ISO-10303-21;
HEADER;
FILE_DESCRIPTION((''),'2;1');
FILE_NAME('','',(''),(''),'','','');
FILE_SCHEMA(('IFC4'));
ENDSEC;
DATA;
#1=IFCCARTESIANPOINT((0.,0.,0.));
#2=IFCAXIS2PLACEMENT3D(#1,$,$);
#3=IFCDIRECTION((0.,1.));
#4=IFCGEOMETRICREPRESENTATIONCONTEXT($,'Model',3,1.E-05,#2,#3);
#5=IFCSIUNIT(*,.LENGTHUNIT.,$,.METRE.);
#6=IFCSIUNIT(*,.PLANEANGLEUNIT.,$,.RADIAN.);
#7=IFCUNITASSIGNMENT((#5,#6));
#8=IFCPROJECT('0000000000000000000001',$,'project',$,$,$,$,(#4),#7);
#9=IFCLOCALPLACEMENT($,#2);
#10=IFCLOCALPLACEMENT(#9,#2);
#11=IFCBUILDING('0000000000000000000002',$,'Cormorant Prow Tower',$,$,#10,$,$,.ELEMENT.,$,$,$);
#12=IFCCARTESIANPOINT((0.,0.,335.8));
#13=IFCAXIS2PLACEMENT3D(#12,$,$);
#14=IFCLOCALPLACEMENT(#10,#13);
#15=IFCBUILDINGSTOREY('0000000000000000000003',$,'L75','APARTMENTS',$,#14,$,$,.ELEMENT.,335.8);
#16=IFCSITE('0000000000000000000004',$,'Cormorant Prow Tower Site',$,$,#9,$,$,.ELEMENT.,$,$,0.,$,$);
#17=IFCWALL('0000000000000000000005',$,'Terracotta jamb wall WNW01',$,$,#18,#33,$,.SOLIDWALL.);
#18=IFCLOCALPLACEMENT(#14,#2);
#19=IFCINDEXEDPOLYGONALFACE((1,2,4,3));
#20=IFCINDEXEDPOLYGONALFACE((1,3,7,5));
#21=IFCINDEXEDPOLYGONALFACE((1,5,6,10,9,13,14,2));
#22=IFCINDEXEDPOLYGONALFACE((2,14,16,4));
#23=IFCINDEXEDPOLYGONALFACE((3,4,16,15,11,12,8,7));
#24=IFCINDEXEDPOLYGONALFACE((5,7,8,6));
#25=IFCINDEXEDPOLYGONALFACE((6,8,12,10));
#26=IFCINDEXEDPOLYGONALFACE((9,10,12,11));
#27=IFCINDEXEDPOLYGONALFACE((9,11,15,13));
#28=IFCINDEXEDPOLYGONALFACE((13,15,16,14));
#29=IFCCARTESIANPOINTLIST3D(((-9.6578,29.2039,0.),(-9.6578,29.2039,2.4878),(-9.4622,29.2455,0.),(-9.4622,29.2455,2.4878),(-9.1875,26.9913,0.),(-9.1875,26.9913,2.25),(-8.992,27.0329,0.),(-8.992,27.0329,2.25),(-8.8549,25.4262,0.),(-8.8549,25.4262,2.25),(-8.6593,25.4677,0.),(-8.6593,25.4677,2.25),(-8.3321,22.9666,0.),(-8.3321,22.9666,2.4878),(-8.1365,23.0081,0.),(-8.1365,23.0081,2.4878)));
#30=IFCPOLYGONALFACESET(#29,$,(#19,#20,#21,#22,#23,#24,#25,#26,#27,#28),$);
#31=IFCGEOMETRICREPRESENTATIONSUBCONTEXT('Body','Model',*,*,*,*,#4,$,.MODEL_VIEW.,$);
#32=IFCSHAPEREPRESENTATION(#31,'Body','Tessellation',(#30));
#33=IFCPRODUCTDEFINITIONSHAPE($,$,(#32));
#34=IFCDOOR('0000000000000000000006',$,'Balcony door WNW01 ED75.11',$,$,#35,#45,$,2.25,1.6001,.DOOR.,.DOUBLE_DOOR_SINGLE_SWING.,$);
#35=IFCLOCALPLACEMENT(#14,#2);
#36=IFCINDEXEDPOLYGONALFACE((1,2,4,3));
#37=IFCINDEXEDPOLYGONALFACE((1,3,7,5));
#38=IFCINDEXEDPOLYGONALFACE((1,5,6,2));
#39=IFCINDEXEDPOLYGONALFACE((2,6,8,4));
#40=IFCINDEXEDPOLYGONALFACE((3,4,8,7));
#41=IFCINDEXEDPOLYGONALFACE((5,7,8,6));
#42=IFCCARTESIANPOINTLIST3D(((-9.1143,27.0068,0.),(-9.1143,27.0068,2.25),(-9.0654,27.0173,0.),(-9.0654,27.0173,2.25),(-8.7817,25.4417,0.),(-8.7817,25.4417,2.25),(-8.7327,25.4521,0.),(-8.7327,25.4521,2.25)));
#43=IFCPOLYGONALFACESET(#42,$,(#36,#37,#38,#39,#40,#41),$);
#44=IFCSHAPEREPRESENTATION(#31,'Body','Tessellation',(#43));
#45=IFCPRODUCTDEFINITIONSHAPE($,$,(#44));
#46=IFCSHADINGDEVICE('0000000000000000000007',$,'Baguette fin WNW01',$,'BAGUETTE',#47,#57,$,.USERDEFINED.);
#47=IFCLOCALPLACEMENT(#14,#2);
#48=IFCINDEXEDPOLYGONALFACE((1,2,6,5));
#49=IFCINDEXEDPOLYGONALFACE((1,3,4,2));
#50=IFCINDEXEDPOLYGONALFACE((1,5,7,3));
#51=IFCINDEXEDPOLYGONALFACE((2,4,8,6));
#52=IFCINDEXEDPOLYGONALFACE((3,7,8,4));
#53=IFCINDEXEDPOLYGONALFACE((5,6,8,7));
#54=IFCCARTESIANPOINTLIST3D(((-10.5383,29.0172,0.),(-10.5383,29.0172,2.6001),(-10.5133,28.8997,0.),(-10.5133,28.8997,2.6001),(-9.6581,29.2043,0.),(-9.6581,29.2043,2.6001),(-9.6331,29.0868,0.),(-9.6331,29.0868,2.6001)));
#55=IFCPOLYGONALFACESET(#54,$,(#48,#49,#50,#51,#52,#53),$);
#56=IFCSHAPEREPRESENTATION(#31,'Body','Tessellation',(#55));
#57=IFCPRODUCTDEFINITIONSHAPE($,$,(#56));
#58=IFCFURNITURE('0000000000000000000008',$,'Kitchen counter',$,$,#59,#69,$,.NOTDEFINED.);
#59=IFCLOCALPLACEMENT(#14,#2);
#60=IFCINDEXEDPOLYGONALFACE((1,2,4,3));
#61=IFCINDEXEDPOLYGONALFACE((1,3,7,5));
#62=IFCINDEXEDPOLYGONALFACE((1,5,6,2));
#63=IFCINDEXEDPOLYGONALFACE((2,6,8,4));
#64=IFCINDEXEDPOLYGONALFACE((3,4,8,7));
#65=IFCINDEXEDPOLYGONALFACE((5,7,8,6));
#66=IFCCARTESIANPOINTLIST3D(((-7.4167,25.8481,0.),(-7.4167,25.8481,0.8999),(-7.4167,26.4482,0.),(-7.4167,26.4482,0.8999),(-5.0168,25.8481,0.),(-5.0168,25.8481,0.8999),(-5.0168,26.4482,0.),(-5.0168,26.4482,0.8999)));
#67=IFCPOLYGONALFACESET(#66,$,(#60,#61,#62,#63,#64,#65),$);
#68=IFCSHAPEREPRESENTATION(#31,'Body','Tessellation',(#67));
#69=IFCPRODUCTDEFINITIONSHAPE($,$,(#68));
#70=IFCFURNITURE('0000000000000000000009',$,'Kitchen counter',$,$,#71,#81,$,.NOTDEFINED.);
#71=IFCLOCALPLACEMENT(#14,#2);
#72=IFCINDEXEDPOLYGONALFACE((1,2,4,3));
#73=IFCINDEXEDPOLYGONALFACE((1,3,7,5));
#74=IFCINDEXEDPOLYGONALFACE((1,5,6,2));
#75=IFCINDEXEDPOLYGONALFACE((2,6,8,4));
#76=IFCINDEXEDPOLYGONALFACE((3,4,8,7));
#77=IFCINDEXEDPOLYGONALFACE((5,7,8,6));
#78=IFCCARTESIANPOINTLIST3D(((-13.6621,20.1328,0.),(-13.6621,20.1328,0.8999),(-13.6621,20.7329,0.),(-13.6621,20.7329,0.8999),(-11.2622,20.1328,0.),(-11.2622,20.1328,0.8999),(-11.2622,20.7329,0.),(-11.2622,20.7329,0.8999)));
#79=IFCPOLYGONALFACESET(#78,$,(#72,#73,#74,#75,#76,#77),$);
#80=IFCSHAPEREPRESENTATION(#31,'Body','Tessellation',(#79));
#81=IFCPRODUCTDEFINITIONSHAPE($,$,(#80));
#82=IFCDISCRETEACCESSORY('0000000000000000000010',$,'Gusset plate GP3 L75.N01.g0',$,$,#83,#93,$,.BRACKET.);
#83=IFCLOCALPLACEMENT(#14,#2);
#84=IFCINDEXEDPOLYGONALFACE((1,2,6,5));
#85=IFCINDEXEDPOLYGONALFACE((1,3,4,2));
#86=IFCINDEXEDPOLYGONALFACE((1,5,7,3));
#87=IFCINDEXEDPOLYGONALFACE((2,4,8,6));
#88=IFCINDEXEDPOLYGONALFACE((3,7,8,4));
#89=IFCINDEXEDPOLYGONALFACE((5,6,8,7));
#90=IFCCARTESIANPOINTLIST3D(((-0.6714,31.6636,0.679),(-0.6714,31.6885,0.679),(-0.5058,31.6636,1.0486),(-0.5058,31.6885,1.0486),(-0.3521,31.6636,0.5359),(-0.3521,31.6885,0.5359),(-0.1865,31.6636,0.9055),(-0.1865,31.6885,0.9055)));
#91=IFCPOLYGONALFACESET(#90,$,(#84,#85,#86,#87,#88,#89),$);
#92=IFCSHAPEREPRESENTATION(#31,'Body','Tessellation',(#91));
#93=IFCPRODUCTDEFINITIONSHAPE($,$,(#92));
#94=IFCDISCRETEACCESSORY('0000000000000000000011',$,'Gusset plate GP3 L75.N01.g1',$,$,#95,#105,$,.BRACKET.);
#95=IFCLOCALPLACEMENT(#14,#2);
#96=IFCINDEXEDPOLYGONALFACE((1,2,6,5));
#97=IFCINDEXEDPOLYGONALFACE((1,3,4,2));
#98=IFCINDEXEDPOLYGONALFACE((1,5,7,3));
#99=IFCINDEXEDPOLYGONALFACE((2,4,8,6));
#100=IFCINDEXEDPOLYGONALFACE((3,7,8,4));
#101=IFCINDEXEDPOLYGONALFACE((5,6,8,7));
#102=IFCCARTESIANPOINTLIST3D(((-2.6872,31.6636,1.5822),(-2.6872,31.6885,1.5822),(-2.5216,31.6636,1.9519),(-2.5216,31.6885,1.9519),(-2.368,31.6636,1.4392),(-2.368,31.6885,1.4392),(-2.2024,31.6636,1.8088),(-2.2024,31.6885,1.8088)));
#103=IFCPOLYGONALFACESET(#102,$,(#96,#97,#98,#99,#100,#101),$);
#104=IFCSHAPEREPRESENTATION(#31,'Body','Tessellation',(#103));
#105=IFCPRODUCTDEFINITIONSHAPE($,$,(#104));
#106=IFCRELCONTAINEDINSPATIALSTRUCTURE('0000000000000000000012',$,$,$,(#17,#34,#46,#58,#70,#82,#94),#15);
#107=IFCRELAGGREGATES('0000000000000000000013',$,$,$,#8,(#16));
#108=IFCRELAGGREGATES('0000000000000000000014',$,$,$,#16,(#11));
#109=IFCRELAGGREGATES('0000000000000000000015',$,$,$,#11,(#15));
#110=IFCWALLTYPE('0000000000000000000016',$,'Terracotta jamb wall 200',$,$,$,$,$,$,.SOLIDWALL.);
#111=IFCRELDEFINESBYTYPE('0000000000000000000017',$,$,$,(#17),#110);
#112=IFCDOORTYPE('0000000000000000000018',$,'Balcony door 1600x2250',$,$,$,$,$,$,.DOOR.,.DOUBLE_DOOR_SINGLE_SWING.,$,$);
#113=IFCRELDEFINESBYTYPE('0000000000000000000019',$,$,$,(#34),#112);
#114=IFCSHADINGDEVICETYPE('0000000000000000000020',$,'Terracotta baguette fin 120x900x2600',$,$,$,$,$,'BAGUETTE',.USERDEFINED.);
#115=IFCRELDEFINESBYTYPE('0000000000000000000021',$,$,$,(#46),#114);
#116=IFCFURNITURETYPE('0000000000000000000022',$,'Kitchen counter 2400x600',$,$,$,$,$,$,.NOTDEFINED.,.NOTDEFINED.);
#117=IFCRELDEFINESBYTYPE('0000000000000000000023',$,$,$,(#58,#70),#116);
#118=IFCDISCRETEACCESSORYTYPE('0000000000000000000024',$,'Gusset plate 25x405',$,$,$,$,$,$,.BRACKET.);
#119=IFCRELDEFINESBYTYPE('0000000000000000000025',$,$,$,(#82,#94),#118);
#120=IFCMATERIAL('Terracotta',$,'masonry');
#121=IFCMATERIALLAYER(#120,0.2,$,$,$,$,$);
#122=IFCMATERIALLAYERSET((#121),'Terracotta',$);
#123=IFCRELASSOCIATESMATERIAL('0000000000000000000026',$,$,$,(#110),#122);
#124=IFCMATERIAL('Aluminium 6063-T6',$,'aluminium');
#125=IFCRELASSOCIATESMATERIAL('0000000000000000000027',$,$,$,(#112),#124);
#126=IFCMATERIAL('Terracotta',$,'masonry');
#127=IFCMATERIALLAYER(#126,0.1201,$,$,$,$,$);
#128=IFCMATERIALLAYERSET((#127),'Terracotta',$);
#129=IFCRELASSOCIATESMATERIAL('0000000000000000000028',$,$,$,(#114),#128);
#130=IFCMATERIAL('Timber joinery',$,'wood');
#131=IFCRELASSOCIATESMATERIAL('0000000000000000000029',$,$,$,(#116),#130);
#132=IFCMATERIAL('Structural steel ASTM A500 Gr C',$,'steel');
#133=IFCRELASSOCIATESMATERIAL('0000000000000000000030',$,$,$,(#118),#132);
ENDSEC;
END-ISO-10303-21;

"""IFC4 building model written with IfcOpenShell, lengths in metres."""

from ifc_helpers import new_model, si_unit, direction, frame, frame_2d, origin, origin_2d, place, context, subcontext, project, spatial, rectangle, extrude, material, layer, layer_set, material_profile, profile_set, type_object, element, fill, save


model = new_model("IFC4")

# Units and contexts
model_context = context("Model", 3, precision=1e-05, world=origin(), true_north=direction((0.0, 1.0)))
body_context = subcontext(model_context, "Body", "Model", "MODEL_VIEW")
ifc_project = project(units=[si_unit("LENGTHUNIT", "METRE"), si_unit("PLANEANGLEUNIT", "RADIAN")], contexts=[model_context])

# Site, building, storey
site_placement = place(None, origin())
site = spatial("IfcSite", under=ifc_project, at=site_placement, Name="Cormorant Prow Tower Site", CompositionType="ELEMENT", RefElevation=0.0)
building_placement = place(site_placement, origin())
building = spatial("IfcBuilding", under=site, at=building_placement, Name="Cormorant Prow Tower", CompositionType="ELEMENT")
storey_placement = place(building_placement, frame((0.0, 0.0, 335.8)))
storey = spatial("IfcBuildingStorey", under=building, at=storey_placement, Name="L75", Description="APARTMENTS", CompositionType="ELEMENT", Elevation=335.8)

# Wall, opening, door
ifc_material_1 = material(Name="Terracotta", Category="masonry")
ifc_layer_1 = layer(ifc_material_1, 0.2)
ifc_layer_set_1 = layer_set([ifc_layer_1], Name="Terracotta")
wall_type_1 = type_object("IfcWallType", Name="Terracotta jamb wall 200", PredefinedType="SOLIDWALL", material=ifc_layer_set_1)
wall_1_placement = place(storey_placement, frame((-9.5601, 29.2249, 0.0), z_axis=(0.0, 0.0, 1.0), x_axis=(0.207897, -0.978151, 0.0)))
wall_1 = element("IfcWall", 1, at=wall_1_placement, inside=storey, type_object=wall_type_1, Name="Terracotta jamb wall WNW01", PredefinedType="SOLIDWALL", context=body_context, shape_type="SweptSolid", body=[
    extrude(rectangle(XDim=6.3767, YDim=0.2, at=frame_2d((3.1885, 0.0))), origin(), (0.0, 0.0, 1.0), 2.4878),
])
opening_1_placement = place(wall_1_placement, frame((2.2622, 0.0, 0.0)))
opening_1 = element("IfcOpeningElement", 2, at=opening_1_placement, cuts=wall_1, PredefinedType="OPENING", context=body_context, shape_type="SweptSolid", body=[
    extrude(rectangle(XDim=1.6001, YDim=2.25, at=frame_2d((0.8, 1.125))), frame((0.0, 0.1099, 0.0), z_axis=(0.0, -1.0, 0.0), x_axis=(1.0, 0.0, 0.0)), (0.0, 0.0, 1.0), 0.22),
])
ifc_material_2 = material(Name="Aluminium 6063-T6", Category="aluminium")
door_type_1 = type_object("IfcDoorType", Name="Balcony door 1600x2250", OperationType="DOUBLE_DOOR_SINGLE_SWING", PredefinedType="DOOR", material=ifc_material_2)
door_1_placement = place(opening_1_placement, origin())
door_1 = element("IfcDoor", 3, at=door_1_placement, inside=storey, type_object=door_type_1, Name="Balcony door WNW01 ED75.11", OperationType="DOUBLE_DOOR_SINGLE_SWING", OverallHeight=2.25, OverallWidth=1.6001, PredefinedType="DOOR", context=body_context, shape_type="SweptSolid", body=[
    extrude(rectangle(XDim=1.6001, YDim=2.25, at=frame_2d((0.8, 1.125))), frame((0.0, 0.0249, 0.0), z_axis=(0.0, -1.0, 0.0), x_axis=(1.0, 0.0, 0.0)), (0.0, 0.0, 1.0), 0.05),
])
fill(opening_1, door_1)

# Shading device
ifc_material_3 = material(Name="Terracotta", Category="masonry")
ifc_layer_2 = layer(ifc_material_3, 0.1201)
ifc_layer_set_2 = layer_set([ifc_layer_2], Name="Terracotta")
shading_device_type = type_object("IfcShadingDeviceType", Name="Terracotta baguette fin 120x900x2600", ElementType="BAGUETTE", PredefinedType="USERDEFINED", material=ifc_layer_set_2)
shading_device_placement = place(storey_placement, frame((-10.0857, 29.052, 0.0), z_axis=(0.0, 0.0, 1.0), x_axis=(0.207912, -0.978148, 0.0)))
element("IfcShadingDevice", 4, at=shading_device_placement, inside=storey, type_object=shading_device_type, Name="Baguette fin WNW01", ObjectType="BAGUETTE", PredefinedType="USERDEFINED", context=body_context, shape_type="SweptSolid", body=[
    extrude(rectangle(XDim=0.1201, YDim=0.8999, at=origin_2d()), origin(), (0.0, 0.0, 1.0), 2.6001),
])

# Furniture
ifc_material_4 = material(Name="Timber joinery", Category="wood")
furniture_type = type_object("IfcFurnitureType", Name="Kitchen counter 2400x600", AssemblyPlace="NOTDEFINED", PredefinedType="NOTDEFINED", material=ifc_material_4)
for number, where, z_axis, x_axis, name in (
    (5, (-6.2168, 26.1482, 0.0), (0.0, 0.0, 1.0), (1.0, 0.0, 0.0), "Kitchen counter"),
    (6, (-12.4622, 20.4329, 0.0), (0.0, 0.0, 1.0), (1.0, 0.0, 0.0), "Kitchen counter"),
):
    element("IfcFurniture", number, at=place(storey_placement, frame(where, z_axis=z_axis, x_axis=x_axis)), inside=storey, type_object=furniture_type, Name=name, PredefinedType="NOTDEFINED", context=body_context, shape_type="SweptSolid", body=[
        extrude(rectangle(XDim=2.3999, YDim=0.6001, at=origin_2d()), origin(), (0.0, 0.0, 1.0), 0.8999),
    ])

# Discrete accessories
ifc_material_5 = material(Name="Structural steel ASTM A500 Gr C", Category="steel")
ifc_material_profile_1 = material_profile(ifc_material_5, rectangle(XDim=0.0249, YDim=0.405, at=origin_2d()), Name="Gusset plate 25x405")
ifc_profile_set_1 = profile_set([ifc_material_profile_1], Name="Structural steel ASTM A500 Gr C")
discrete_accessory_type = type_object("IfcDiscreteAccessoryType", Name="Gusset plate 25x405", PredefinedType="BRACKET", material=ifc_profile_set_1)
for number, where, z_axis, x_axis, name in (
    (7, (-0.5886, 31.676, 0.8638), (0.912599, 0.0, -0.408856), (0.0, 1.0, 0.0), "Gusset plate GP3 L75.N01.g0"),
    (8, (-2.2852, 31.676, 1.624), (-0.912599, 0.0, 0.408856), (0.0, -1.0, 0.0), "Gusset plate GP3 L75.N01.g1"),
):
    element("IfcDiscreteAccessory", number, at=place(storey_placement, frame(where, z_axis=z_axis, x_axis=x_axis)), inside=storey, type_object=discrete_accessory_type, Name=name, PredefinedType="BRACKET", context=body_context, shape_type="SweptSolid", body=[
        extrude(rectangle(XDim=0.0249, YDim=0.405, at=origin_2d()), origin(), (0.0, 0.0, 1.0), 0.3499),
    ])

save(model, "model.ifc")
